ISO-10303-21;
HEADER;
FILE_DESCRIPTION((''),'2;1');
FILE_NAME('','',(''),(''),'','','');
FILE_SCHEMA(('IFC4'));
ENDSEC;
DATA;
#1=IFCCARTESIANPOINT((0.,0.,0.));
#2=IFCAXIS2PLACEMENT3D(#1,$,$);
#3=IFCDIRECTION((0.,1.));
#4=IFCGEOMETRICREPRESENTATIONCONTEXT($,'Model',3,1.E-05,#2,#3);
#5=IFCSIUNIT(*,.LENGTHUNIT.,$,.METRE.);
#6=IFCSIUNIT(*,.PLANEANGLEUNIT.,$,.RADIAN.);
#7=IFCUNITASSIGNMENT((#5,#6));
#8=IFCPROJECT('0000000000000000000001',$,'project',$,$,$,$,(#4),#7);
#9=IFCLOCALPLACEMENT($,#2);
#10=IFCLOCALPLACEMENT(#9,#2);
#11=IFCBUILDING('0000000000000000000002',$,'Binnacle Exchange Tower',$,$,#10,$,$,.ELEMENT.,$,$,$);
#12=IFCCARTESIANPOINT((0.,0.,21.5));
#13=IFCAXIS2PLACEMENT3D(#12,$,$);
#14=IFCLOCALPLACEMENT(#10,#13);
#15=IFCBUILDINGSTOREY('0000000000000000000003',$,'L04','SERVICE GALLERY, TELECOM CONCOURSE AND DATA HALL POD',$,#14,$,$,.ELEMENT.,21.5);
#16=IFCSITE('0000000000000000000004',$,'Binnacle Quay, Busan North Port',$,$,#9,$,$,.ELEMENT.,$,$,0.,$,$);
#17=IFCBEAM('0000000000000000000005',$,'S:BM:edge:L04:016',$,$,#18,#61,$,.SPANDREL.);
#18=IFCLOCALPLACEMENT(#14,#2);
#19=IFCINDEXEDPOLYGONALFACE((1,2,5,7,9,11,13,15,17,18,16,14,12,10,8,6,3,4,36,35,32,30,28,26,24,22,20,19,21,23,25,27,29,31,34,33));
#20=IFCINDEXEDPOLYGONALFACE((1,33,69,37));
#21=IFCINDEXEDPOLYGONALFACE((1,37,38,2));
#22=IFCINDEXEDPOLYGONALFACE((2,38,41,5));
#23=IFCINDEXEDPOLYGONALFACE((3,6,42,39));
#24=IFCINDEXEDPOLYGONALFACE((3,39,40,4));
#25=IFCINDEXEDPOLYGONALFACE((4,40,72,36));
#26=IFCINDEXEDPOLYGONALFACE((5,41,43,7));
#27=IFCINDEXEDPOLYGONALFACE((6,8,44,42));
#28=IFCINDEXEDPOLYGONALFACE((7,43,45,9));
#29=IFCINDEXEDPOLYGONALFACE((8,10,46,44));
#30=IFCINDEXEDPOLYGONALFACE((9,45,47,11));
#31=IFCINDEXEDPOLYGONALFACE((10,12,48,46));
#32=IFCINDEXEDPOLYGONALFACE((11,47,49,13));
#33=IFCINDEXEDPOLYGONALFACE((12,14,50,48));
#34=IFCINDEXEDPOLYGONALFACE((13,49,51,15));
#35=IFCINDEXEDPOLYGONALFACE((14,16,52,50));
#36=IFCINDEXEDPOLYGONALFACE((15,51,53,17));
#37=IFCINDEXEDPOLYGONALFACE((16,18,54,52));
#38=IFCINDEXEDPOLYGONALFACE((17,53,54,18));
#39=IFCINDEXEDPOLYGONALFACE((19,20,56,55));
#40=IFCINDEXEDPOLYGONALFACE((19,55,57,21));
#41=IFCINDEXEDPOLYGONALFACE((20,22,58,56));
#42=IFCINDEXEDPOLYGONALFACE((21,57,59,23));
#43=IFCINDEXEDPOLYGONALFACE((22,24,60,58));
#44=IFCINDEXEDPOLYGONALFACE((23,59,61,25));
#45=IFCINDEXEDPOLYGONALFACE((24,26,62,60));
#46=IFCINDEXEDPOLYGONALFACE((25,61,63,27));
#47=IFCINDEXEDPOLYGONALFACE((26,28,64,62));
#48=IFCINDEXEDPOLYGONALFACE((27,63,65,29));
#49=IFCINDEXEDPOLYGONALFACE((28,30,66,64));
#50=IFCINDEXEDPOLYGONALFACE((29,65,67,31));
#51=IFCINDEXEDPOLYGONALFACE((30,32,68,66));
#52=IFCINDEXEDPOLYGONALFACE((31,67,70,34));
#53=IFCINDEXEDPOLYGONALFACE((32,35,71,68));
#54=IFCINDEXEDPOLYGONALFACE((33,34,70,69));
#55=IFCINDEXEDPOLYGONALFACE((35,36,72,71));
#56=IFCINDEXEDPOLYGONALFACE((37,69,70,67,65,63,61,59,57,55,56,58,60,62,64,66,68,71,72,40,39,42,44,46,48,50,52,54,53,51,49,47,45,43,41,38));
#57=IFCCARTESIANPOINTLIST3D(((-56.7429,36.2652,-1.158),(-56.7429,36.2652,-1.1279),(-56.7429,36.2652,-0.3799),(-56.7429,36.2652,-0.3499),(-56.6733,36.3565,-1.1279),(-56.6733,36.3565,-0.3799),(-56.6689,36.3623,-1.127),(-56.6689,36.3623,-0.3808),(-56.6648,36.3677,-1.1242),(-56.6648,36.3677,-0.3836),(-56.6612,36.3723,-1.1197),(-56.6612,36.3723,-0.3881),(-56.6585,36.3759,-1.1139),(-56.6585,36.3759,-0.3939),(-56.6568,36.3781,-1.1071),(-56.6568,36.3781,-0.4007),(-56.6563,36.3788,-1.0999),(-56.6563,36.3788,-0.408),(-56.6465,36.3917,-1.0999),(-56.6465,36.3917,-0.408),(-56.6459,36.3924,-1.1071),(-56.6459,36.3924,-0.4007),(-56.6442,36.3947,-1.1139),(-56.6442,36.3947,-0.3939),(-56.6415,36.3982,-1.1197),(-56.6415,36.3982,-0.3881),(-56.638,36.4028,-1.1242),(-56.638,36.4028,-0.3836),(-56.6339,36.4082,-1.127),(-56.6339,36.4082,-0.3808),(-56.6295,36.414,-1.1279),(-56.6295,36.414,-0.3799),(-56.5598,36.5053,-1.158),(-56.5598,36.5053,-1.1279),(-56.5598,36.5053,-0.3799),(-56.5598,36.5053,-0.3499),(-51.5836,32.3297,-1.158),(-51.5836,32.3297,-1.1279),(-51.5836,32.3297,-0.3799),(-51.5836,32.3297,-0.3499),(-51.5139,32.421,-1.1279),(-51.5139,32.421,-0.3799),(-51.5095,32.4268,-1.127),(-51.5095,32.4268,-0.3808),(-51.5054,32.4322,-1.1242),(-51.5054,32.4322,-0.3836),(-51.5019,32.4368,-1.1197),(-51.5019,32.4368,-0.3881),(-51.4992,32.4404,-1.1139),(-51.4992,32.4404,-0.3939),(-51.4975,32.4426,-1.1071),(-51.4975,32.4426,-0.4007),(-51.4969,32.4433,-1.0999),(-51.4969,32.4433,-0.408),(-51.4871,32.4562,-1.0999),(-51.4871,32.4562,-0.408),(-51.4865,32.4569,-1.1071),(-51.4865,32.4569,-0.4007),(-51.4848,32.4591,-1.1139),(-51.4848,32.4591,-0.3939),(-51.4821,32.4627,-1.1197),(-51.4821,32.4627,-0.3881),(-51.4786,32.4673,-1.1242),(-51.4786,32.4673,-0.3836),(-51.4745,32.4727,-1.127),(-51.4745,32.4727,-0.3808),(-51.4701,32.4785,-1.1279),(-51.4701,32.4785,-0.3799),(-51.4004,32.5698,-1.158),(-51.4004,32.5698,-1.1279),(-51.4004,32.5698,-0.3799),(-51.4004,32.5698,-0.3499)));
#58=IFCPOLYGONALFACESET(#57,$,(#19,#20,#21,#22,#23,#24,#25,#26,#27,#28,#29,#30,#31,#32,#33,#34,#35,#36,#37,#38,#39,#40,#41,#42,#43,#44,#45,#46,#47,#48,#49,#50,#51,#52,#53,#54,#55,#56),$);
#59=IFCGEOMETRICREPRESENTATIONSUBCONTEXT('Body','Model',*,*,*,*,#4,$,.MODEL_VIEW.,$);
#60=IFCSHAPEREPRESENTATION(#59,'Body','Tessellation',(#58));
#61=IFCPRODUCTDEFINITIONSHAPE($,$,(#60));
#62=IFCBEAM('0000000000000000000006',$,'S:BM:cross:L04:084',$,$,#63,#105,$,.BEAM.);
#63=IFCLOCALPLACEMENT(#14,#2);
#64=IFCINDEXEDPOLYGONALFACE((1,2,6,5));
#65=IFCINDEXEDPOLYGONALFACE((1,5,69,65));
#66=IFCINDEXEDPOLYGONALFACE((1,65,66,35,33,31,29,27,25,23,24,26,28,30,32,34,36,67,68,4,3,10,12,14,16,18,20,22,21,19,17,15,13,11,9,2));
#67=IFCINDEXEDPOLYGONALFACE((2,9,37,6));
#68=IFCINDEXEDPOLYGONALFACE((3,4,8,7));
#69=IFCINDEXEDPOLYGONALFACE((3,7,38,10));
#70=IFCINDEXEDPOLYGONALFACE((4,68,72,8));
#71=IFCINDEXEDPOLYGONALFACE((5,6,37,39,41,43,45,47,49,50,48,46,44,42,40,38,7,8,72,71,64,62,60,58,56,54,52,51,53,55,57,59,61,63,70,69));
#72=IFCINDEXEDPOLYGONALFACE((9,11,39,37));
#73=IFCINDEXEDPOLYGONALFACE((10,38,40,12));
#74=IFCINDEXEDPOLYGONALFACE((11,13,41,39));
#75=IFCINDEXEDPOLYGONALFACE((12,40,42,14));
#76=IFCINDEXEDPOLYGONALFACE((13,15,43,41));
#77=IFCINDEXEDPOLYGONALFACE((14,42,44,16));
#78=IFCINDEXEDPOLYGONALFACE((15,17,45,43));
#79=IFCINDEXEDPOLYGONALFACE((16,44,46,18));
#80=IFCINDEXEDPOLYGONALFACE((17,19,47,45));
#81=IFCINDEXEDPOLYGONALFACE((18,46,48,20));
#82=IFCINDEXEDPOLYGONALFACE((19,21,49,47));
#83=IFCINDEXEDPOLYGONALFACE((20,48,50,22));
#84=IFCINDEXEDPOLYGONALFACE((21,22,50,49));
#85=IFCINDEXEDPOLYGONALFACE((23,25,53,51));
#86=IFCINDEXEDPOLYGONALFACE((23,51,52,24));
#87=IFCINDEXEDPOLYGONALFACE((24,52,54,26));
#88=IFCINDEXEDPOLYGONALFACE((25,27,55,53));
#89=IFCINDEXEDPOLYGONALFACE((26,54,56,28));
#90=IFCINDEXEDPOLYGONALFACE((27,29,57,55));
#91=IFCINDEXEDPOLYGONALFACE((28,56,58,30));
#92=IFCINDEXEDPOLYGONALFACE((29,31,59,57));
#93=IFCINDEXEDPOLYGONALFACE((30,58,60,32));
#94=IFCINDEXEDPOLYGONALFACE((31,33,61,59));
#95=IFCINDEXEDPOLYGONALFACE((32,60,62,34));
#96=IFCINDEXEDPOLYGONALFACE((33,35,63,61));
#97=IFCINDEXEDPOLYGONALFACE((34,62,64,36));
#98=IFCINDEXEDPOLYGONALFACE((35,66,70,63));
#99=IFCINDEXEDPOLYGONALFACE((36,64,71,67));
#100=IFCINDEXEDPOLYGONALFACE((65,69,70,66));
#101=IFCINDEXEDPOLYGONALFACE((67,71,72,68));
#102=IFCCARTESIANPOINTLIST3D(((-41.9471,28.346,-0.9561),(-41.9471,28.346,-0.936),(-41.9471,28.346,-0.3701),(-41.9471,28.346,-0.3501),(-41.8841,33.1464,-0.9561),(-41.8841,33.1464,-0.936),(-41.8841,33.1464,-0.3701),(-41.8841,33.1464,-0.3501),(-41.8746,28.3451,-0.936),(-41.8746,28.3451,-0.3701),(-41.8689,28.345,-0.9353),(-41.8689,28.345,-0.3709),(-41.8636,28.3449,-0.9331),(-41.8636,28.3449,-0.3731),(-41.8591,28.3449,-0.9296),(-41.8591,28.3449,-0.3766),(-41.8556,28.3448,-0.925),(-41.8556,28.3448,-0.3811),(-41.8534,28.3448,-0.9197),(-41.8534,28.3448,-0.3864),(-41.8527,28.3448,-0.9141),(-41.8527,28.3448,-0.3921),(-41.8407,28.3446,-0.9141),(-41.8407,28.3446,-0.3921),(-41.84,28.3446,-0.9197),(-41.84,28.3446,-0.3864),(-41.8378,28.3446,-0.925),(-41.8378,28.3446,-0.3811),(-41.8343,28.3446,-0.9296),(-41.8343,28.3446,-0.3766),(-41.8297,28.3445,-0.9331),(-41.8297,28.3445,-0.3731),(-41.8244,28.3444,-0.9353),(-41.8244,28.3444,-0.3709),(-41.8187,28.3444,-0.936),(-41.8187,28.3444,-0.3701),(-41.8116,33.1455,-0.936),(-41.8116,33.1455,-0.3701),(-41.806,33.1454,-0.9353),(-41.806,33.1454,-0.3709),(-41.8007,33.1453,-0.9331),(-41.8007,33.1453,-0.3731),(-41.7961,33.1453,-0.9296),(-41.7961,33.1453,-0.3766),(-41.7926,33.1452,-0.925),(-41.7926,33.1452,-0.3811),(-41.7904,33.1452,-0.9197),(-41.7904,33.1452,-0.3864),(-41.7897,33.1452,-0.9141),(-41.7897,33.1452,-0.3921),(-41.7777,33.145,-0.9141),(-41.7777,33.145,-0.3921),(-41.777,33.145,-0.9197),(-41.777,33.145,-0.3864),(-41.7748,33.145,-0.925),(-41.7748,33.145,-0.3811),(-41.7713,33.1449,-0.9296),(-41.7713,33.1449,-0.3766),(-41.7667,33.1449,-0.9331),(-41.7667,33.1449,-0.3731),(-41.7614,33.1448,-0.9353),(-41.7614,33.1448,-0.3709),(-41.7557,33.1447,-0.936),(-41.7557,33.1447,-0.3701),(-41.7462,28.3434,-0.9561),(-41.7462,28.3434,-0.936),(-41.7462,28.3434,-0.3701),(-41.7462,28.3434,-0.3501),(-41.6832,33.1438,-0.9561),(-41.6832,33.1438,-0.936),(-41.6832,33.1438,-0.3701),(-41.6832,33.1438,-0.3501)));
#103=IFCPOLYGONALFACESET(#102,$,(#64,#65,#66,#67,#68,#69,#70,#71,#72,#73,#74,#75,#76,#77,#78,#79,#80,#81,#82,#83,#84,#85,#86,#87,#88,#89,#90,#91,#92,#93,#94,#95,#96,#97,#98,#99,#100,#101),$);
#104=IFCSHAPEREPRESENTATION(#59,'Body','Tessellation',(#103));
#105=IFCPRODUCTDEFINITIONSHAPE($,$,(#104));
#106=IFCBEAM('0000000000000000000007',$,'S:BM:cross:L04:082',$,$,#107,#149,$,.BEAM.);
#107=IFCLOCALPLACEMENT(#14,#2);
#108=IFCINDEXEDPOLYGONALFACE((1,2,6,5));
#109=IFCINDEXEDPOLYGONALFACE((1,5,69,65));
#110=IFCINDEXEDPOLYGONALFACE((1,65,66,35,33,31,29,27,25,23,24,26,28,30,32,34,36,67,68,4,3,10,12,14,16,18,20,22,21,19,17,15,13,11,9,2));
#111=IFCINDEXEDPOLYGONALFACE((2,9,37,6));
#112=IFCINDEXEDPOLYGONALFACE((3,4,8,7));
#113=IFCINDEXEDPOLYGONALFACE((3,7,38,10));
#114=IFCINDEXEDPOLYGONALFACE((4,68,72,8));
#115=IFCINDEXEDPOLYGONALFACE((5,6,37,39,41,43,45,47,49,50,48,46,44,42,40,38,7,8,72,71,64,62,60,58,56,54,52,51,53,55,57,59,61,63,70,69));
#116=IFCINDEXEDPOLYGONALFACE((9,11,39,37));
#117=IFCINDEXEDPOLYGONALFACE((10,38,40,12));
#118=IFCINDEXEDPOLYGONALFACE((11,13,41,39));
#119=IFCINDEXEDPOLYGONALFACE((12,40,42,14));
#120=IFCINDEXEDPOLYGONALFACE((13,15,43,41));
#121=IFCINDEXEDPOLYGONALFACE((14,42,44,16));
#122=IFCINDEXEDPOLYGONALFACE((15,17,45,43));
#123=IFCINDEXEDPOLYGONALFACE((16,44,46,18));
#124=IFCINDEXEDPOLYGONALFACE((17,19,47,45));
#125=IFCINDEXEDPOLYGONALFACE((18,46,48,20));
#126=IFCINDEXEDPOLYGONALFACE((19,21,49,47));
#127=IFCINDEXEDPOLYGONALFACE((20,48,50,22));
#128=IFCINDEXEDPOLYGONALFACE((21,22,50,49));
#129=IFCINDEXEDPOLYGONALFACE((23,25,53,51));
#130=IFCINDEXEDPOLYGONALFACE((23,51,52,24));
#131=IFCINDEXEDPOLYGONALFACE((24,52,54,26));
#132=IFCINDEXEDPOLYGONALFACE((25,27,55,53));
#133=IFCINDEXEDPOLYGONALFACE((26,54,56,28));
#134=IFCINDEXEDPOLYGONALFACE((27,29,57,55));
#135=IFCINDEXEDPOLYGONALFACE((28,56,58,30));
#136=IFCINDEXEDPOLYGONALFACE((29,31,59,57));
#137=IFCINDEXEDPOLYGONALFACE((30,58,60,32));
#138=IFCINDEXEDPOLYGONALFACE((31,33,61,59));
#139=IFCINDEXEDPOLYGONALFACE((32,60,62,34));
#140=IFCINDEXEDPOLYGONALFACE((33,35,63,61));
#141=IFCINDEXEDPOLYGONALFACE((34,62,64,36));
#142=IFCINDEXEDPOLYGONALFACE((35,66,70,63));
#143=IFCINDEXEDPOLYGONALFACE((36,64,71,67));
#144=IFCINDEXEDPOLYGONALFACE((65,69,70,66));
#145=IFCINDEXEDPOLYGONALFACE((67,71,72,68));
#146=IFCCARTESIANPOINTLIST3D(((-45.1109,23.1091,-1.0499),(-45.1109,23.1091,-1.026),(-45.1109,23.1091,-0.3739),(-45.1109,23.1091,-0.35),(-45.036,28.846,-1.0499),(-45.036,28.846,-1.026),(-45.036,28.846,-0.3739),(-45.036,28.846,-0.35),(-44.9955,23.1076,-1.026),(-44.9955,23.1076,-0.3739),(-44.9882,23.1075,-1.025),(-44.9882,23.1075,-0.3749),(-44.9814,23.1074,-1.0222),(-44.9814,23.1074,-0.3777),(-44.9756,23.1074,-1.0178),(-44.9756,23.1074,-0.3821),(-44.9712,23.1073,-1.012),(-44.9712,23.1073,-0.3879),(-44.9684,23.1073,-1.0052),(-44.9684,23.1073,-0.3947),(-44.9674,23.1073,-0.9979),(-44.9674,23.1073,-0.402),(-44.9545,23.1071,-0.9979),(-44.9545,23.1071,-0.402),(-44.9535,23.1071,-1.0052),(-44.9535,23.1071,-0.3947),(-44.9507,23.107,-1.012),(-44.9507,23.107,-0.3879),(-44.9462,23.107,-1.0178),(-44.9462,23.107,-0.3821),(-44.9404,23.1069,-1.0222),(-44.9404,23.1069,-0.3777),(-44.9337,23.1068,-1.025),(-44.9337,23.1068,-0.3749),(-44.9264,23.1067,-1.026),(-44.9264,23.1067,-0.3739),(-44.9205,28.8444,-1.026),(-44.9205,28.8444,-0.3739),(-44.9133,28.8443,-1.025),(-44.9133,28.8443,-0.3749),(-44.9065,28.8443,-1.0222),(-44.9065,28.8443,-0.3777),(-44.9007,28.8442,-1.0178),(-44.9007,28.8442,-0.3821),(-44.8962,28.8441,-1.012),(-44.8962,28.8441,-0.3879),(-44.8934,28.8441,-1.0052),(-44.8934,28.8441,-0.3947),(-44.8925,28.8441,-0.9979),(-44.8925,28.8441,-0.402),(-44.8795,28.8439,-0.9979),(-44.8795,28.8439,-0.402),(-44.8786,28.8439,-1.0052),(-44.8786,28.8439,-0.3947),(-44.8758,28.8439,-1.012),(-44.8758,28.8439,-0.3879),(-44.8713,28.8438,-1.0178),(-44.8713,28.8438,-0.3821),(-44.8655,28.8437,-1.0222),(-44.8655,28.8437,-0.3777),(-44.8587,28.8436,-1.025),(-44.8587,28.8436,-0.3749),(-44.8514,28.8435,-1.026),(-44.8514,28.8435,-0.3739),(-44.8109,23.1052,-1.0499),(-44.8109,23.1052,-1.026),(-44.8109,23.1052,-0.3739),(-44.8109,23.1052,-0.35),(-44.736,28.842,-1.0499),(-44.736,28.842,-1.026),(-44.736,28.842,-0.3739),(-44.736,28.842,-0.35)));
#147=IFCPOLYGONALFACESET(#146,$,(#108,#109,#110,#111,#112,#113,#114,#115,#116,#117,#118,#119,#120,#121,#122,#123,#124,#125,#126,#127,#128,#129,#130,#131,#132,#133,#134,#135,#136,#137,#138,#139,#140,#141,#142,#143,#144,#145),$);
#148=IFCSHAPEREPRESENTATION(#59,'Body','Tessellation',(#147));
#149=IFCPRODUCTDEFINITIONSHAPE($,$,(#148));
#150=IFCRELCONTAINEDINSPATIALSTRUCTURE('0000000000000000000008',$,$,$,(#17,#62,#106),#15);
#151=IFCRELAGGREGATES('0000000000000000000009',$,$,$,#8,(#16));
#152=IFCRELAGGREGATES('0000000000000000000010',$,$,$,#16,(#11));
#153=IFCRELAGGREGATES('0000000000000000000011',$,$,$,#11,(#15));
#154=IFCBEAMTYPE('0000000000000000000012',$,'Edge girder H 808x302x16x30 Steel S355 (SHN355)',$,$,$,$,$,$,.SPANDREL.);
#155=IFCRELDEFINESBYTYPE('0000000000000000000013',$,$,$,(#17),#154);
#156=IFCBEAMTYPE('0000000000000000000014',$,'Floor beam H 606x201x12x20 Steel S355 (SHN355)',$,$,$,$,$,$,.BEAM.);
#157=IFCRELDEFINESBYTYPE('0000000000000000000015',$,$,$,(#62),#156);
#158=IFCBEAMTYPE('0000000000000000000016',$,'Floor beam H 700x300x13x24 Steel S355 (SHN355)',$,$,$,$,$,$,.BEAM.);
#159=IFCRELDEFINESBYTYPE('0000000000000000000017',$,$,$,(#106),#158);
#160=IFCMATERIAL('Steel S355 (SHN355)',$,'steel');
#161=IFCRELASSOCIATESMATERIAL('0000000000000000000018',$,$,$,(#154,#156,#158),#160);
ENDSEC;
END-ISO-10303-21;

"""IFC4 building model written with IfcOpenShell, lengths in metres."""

from ifc_helpers import new_model, si_unit, direction, frame, origin, origin_2d, place, context, subcontext, project, spatial, i_section, extrude, material, material_profile, profile_set, type_object, element, save


model = new_model("IFC4")

# Units and contexts
model_context = context("Model", 3, precision=1e-05, world=origin(), true_north=direction((0.0, 1.0)))
body_context = subcontext(model_context, "Body", "Model", "MODEL_VIEW")
ifc_project = project(units=[si_unit("LENGTHUNIT", "METRE"), si_unit("PLANEANGLEUNIT", "RADIAN")], contexts=[model_context])

# Site, building, storey
site_placement = place(None, origin())
site = spatial("IfcSite", under=ifc_project, at=site_placement, Name="Binnacle Quay, Busan North Port", CompositionType="ELEMENT", RefElevation=0.0)
building_placement = place(site_placement, origin())
building = spatial("IfcBuilding", under=site, at=building_placement, Name="Binnacle Exchange Tower", CompositionType="ELEMENT")
storey_placement = place(building_placement, frame((0.0, 0.0, 21.5)))
storey = spatial("IfcBuildingStorey", under=building, at=storey_placement, Name="L04", Description="SERVICE GALLERY, TELECOM CONCOURSE AND DATA HALL POD", CompositionType="ELEMENT", Elevation=21.5)

# Beams
ifc_material_1 = material(Name="Steel S355 (SHN355)", Category="steel")
ifc_material_profile_1 = material_profile(ifc_material_1, i_section(OverallWidth=0.302, OverallDepth=0.8081, WebThickness=0.0161, FlangeThickness=0.03, FilletRadius=0.0281, at=origin_2d()), Name="H 808x302x16x30")
ifc_profile_set_1 = profile_set([ifc_material_profile_1], Name="Steel S355 (SHN355)")
beam_type_1 = type_object("IfcBeamType", Name="Edge girder H 808x302x16x30 Steel S355 (SHN355)", PredefinedType="SPANDREL", material=ifc_profile_set_1)
beam_1_placement = place(storey_placement, frame((-56.6514, 36.3853, -0.7539), z_axis=(0.795093, -0.606487, 0.0), x_axis=(0.606487, 0.795093, 0.0)))
element("IfcBeam", 1, at=beam_1_placement, inside=storey, type_object=beam_type_1, Name="S:BM:edge:L04:016", PredefinedType="SPANDREL", context=body_context, shape_type="SweptSolid", body=[
    extrude(i_section(OverallWidth=0.302, OverallDepth=0.8081, WebThickness=0.0161, FlangeThickness=0.03, FilletRadius=0.0281, at=origin_2d()), origin(), (0.0, 0.0, 1.0), 6.489),
])
ifc_material_profile_2 = material_profile(ifc_material_1, i_section(OverallWidth=0.2009, OverallDepth=0.606, WebThickness=0.012, FlangeThickness=0.02, FilletRadius=0.022, at=origin_2d()), Name="H 606x201x12x20")
ifc_profile_set_2 = profile_set([ifc_material_profile_2], Name="Steel S355 (SHN355)")
beam_type_2 = type_object("IfcBeamType", Name="Floor beam H 606x201x12x20 Steel S355 (SHN355)", PredefinedType="BEAM", material=ifc_profile_set_2)
beam_2_placement = place(storey_placement, frame((-41.8467, 28.3447, -0.6531), z_axis=(0.013121, 0.999914, 0.0), x_axis=(-0.999914, 0.013121, 0.0)))
element("IfcBeam", 2, at=beam_2_placement, inside=storey, type_object=beam_type_2, Name="S:BM:cross:L04:084", PredefinedType="BEAM", context=body_context, shape_type="SweptSolid", body=[
    extrude(i_section(OverallWidth=0.2009, OverallDepth=0.606, WebThickness=0.012, FlangeThickness=0.02, FilletRadius=0.022, at=origin_2d()), origin(), (0.0, 0.0, 1.0), 4.8008),
])
ifc_material_profile_3 = material_profile(ifc_material_1, i_section(OverallWidth=0.3, OverallDepth=0.7, WebThickness=0.0129, FlangeThickness=0.0239, FilletRadius=0.0281, at=origin_2d()), Name="H 700x300x13x24")
ifc_profile_set_3 = profile_set([ifc_material_profile_3], Name="Steel S355 (SHN355)")
beam_type_3 = type_object("IfcBeamType", Name="Floor beam H 700x300x13x24 Steel S355 (SHN355)", PredefinedType="BEAM", material=ifc_profile_set_3)
beam_3_placement = place(storey_placement, frame((-44.9609, 23.1072, -0.7), z_axis=(0.013064, 0.999915, 0.0), x_axis=(-0.999915, 0.013064, 0.0)))
element("IfcBeam", 3, at=beam_3_placement, inside=storey, type_object=beam_type_3, Name="S:BM:cross:L04:082", PredefinedType="BEAM", context=body_context, shape_type="SweptSolid", body=[
    extrude(i_section(OverallWidth=0.3, OverallDepth=0.7, WebThickness=0.0129, FlangeThickness=0.0239, FilletRadius=0.0281, at=origin_2d()), origin(), (0.0, 0.0, 1.0), 5.7373),
])

save(model, "model.ifc")
